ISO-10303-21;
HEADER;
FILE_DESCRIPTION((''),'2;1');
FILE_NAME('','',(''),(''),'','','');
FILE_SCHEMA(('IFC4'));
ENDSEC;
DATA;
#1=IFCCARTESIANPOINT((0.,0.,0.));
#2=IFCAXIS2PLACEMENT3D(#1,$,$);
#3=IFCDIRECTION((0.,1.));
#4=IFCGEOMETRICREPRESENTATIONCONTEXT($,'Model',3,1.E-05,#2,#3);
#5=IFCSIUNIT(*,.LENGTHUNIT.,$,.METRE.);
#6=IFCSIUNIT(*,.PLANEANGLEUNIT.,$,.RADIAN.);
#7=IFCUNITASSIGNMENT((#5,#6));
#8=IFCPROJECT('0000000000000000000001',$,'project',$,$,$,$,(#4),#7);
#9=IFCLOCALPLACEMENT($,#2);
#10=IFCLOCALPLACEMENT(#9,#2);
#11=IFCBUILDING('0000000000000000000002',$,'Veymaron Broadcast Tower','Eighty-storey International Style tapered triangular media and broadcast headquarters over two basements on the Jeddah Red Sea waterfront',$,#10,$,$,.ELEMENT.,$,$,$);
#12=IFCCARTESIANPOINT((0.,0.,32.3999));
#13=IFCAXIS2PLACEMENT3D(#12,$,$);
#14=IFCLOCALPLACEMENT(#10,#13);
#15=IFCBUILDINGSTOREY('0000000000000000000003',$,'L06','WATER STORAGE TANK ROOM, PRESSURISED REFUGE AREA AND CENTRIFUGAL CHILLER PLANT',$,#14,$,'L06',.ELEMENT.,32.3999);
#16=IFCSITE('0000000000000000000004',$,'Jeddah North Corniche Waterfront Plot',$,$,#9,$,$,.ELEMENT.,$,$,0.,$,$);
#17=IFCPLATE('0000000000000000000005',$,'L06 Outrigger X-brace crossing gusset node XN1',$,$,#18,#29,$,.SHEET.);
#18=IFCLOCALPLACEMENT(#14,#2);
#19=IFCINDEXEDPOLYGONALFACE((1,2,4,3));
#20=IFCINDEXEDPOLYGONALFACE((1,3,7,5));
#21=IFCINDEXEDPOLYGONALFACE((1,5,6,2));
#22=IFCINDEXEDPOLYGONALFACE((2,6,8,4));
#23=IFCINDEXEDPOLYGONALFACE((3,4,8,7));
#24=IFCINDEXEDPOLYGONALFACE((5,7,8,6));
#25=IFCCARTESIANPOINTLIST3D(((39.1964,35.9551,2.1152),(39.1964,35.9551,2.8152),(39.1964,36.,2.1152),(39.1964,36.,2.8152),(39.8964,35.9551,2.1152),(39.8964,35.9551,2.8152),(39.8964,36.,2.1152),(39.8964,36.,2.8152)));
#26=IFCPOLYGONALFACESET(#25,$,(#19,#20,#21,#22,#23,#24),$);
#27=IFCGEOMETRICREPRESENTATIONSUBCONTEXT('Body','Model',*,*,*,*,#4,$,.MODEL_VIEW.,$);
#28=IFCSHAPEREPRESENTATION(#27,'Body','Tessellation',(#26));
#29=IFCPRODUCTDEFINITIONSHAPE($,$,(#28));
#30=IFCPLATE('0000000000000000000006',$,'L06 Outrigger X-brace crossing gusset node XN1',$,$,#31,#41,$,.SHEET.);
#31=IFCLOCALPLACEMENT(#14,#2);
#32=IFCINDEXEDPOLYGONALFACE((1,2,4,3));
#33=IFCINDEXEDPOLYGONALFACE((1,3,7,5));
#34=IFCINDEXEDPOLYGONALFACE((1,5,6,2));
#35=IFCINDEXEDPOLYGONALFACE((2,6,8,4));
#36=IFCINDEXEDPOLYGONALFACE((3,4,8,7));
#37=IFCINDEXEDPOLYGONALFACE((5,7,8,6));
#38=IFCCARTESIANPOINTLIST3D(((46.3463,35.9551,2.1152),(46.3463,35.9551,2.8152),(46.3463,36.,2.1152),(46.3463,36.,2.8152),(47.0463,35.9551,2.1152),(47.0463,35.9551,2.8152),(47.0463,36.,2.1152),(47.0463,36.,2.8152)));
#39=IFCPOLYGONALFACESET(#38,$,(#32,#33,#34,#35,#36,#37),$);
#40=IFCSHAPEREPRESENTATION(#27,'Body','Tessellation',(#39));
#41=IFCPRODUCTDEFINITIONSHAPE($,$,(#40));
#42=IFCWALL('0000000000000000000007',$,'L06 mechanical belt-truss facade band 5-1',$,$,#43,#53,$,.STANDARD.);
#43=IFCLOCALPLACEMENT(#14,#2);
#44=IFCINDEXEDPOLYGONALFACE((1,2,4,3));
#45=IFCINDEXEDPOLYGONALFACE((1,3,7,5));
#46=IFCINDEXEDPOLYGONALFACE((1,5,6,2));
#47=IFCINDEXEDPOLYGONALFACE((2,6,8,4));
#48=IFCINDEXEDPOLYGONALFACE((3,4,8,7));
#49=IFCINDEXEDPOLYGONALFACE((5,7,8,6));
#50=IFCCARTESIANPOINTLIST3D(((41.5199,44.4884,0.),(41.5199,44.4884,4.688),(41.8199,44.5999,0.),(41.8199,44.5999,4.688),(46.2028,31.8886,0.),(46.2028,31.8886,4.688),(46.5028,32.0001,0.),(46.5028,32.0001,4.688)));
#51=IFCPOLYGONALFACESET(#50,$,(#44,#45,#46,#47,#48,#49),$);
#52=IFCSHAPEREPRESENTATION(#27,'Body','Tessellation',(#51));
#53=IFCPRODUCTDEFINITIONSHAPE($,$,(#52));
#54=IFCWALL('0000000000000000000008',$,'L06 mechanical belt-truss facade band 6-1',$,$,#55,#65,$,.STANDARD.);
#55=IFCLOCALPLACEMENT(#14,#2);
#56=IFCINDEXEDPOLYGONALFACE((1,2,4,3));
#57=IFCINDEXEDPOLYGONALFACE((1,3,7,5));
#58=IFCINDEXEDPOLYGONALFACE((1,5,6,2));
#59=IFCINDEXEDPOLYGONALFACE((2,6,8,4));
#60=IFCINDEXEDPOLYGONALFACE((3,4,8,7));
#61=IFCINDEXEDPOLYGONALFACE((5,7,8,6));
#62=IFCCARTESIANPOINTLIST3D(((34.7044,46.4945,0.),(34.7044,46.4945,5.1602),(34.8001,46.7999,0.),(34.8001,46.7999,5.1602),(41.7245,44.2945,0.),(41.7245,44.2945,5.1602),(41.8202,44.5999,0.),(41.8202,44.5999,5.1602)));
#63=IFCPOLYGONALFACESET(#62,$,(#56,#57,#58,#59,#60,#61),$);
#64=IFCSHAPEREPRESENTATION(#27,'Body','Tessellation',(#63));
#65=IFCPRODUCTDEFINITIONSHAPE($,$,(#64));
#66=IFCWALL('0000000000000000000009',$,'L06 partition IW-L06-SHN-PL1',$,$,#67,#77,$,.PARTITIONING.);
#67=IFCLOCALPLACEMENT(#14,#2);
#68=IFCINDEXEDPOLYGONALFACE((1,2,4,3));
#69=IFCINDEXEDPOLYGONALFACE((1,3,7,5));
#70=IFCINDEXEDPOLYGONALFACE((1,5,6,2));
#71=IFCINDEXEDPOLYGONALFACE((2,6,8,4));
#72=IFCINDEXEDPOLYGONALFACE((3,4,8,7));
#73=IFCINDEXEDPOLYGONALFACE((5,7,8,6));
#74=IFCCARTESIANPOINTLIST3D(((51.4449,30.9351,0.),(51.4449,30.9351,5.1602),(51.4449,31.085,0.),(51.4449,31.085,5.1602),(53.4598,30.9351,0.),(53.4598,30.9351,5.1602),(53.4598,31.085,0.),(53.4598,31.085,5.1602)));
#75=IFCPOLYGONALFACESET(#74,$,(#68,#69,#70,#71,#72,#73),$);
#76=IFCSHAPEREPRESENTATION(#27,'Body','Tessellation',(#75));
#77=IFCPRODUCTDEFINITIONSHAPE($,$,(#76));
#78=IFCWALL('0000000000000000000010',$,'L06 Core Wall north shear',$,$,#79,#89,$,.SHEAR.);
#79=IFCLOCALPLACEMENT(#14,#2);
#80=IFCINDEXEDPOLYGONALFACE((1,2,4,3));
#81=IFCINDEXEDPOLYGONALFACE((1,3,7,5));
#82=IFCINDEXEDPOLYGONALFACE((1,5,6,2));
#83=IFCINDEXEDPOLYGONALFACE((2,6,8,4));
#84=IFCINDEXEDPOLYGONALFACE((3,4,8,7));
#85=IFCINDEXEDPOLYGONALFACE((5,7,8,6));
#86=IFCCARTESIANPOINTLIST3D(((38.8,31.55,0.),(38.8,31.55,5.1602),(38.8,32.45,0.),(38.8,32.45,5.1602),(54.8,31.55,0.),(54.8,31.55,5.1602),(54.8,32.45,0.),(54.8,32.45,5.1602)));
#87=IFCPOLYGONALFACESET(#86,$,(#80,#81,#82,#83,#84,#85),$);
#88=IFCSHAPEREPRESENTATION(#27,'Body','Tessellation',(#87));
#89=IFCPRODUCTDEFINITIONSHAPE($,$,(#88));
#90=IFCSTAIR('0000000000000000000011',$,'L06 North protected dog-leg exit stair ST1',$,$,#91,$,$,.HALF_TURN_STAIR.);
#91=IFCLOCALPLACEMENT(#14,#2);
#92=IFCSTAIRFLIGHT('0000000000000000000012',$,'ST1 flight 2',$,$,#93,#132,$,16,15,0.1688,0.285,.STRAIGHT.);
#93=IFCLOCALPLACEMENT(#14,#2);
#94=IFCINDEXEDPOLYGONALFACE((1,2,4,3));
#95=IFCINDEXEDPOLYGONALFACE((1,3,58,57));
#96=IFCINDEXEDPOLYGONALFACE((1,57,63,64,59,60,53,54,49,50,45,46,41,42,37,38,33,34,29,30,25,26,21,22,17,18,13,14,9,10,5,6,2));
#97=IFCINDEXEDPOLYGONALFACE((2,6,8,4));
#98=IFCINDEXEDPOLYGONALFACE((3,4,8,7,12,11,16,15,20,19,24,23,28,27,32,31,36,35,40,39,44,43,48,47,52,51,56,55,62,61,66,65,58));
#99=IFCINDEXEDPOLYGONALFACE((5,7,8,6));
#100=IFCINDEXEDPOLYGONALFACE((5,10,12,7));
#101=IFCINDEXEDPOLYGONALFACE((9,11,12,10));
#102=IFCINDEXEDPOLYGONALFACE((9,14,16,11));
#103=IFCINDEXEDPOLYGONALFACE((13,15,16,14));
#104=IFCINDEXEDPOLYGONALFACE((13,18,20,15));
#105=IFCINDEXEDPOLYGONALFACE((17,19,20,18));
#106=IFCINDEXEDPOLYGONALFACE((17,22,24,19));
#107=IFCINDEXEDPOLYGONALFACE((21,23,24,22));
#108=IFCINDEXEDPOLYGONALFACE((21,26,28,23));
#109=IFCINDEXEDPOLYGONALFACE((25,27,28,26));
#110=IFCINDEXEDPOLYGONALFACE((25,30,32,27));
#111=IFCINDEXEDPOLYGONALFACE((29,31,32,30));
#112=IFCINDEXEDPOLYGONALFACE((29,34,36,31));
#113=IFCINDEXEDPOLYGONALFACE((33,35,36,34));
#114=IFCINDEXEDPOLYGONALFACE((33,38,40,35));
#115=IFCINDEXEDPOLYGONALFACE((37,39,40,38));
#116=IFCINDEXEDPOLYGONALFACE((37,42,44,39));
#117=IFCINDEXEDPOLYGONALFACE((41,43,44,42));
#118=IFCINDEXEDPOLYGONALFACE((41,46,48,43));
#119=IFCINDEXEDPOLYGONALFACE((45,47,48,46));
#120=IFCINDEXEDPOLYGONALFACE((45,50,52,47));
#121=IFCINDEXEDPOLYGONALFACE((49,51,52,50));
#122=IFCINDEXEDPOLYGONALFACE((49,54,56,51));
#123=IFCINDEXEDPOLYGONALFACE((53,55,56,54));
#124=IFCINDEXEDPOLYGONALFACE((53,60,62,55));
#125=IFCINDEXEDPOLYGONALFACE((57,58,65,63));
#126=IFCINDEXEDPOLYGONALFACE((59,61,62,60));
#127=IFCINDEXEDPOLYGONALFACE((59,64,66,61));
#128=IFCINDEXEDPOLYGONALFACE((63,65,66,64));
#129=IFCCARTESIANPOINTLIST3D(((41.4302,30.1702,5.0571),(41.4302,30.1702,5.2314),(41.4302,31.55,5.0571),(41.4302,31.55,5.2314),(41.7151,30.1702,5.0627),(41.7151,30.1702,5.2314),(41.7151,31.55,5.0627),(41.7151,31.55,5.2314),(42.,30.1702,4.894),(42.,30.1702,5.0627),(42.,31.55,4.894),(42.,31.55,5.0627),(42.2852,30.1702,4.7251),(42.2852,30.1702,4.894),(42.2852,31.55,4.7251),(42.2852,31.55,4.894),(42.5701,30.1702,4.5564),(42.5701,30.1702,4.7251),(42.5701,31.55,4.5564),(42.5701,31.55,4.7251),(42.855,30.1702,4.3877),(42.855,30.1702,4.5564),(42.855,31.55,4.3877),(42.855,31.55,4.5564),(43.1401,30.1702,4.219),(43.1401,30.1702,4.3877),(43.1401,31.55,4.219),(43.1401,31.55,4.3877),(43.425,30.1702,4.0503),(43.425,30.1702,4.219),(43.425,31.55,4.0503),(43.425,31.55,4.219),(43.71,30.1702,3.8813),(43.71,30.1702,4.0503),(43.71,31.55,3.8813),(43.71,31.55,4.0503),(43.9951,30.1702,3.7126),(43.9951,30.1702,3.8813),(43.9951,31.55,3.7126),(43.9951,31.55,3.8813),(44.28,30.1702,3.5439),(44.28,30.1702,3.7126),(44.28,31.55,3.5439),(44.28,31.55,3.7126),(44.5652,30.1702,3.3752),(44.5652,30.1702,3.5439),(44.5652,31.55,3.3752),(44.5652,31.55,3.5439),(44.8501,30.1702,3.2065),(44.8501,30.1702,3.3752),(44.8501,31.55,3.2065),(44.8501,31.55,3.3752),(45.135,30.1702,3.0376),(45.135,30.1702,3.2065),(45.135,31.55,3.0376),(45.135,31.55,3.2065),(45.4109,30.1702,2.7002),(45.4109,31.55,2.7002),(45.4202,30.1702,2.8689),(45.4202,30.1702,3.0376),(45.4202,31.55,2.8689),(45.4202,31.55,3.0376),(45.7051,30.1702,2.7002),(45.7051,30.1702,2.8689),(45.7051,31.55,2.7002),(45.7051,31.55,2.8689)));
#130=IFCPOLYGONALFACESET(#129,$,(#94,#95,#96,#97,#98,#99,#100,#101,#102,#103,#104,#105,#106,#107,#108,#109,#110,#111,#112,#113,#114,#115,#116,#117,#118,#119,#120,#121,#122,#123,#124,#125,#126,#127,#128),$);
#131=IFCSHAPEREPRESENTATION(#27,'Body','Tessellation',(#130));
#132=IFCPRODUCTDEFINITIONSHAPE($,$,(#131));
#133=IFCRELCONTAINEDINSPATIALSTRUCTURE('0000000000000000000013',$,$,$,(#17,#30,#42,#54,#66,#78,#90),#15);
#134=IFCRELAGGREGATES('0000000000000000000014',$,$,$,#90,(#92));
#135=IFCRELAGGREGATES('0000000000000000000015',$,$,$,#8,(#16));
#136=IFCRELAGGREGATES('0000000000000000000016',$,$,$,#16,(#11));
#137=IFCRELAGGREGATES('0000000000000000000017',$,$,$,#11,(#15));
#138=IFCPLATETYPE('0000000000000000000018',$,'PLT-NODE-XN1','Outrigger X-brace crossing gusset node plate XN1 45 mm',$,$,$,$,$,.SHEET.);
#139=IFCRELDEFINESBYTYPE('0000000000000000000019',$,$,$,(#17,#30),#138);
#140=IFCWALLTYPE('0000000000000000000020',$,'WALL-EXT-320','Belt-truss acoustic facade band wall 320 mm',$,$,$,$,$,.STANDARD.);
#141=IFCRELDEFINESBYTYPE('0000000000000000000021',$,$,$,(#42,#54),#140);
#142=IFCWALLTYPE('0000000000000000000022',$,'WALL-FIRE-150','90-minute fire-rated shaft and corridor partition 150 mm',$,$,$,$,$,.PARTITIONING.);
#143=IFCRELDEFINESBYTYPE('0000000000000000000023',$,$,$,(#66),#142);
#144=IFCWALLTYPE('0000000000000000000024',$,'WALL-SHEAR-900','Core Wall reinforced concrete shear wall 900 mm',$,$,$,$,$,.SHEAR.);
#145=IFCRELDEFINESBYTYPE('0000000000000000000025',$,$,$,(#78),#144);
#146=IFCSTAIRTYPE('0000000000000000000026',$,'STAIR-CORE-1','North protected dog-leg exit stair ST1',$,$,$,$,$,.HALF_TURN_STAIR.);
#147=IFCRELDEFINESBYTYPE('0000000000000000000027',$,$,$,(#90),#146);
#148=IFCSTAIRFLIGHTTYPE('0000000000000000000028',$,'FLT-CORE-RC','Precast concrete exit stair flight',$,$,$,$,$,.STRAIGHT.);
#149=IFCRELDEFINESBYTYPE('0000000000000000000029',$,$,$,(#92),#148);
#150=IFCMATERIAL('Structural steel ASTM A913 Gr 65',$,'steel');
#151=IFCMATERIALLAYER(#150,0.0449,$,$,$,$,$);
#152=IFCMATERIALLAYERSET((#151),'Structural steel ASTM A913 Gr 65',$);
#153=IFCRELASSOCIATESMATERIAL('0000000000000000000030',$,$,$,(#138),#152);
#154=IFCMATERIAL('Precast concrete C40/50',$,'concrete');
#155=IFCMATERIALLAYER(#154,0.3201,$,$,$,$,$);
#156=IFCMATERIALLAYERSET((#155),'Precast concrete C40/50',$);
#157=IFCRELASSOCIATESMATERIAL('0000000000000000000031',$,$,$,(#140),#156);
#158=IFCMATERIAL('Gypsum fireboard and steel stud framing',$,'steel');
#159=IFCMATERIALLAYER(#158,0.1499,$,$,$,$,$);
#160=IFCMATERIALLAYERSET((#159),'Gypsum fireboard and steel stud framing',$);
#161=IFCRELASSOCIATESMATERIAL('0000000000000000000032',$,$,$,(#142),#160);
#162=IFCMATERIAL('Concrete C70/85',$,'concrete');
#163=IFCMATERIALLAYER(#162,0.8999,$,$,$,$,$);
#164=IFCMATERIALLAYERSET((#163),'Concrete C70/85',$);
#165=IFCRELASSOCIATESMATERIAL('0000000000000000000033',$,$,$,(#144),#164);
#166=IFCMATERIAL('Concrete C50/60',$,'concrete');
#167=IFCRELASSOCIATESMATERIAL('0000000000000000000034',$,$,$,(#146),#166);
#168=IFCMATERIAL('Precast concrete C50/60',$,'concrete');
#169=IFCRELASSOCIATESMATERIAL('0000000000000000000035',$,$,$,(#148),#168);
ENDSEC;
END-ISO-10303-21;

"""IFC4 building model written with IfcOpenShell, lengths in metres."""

from ifc_helpers import new_model, si_unit, direction, frame, frame_2d, origin, origin_2d, place, context, subcontext, project, spatial, polyline, rectangle, outline, extrude, material, layer, layer_set, type_object, element, aggregate, save


model = new_model("IFC4")

# Units and contexts
model_context = context("Model", 3, precision=1e-05, world=origin(), true_north=direction((0.0, 1.0)))
body_context = subcontext(model_context, "Body", "Model", "MODEL_VIEW")
ifc_project = project(units=[si_unit("LENGTHUNIT", "METRE"), si_unit("PLANEANGLEUNIT", "RADIAN")], contexts=[model_context])

# Site, building, storey
site_placement = place(None, origin())
site = spatial("IfcSite", under=ifc_project, at=site_placement, Name="Jeddah North Corniche Waterfront Plot", CompositionType="ELEMENT", RefElevation=0.0)
building_placement = place(site_placement, origin())
building = spatial("IfcBuilding", under=site, at=building_placement, Name="Veymaron Broadcast Tower", Description="Eighty-storey International Style tapered triangular media and broadcast headquarters over two basements on the Jeddah Red Sea waterfront", CompositionType="ELEMENT")
storey_placement = place(building_placement, frame((0.0, 0.0, 32.3999)))
storey = spatial("IfcBuildingStorey", under=building, at=storey_placement, Name="L06", Description="WATER STORAGE TANK ROOM, PRESSURISED REFUGE AREA AND CENTRIFUGAL CHILLER PLANT", LongName="L06", CompositionType="ELEMENT", Elevation=32.3999)

# Shared definitions
ifc_material_1 = material(Name="Structural steel ASTM A913 Gr 65", Category="steel")

# Plates
ifc_layer_1 = layer(ifc_material_1, 0.0449)
ifc_layer_set_1 = layer_set([ifc_layer_1], Name="Structural steel ASTM A913 Gr 65")
plate_type_1 = type_object("IfcPlateType", Name="PLT-NODE-XN1", Description="Outrigger X-brace crossing gusset node plate XN1 45 mm", PredefinedType="SHEET", material=ifc_layer_set_1)
for number, where, z_axis, x_axis, name in (
    (1, (39.5464, 35.9775, 2.1152), (0.0, 0.0, 1.0), (1.0, 0.0, 0.0), "L06 Outrigger X-brace crossing gusset node XN1"),
    (2, (46.6963, 35.9775, 2.1152), (0.0, 0.0, 1.0), (1.0, 0.0, 0.0), "L06 Outrigger X-brace crossing gusset node XN1"),
):
    element("IfcPlate", number, at=place(storey_placement, frame(where, z_axis=z_axis, x_axis=x_axis)), inside=storey, type_object=plate_type_1, Name=name, PredefinedType="SHEET", context=body_context, shape_type="SweptSolid", body=[
        extrude(rectangle(XDim=0.7, YDim=0.0449, at=origin_2d()), origin(), (0.0, 0.0, 1.0), 0.7),
    ])

# Walls
ifc_material_2 = material(Name="Precast concrete C40/50", Category="concrete")
ifc_layer_2 = layer(ifc_material_2, 0.3201)
ifc_layer_set_2 = layer_set([ifc_layer_2], Name="Precast concrete C40/50")
wall_type_1 = type_object("IfcWallType", Name="WALL-EXT-320", Description="Belt-truss acoustic facade band wall 320 mm", PredefinedType="STANDARD", material=ifc_layer_set_2)
wall_1_placement = place(storey_placement, frame((46.3528, 31.9443, 0.0), z_axis=(0.0, 0.0, 1.0), x_axis=(-0.348377, 0.937354, 0.0)))
element("IfcWall", 3, at=wall_1_placement, inside=storey, type_object=wall_type_1, Name="L06 mechanical belt-truss facade band 5-1", PredefinedType="STANDARD", context=body_context, shape_type="SweptSolid", body=[
    extrude(rectangle(XDim=13.4419, YDim=0.3201, at=frame_2d((6.7209, 0.0))), origin(), (0.0, 0.0, 1.0), 4.688),
])
wall_2_placement = place(storey_placement, frame((41.7722, 44.4473, 0.0), z_axis=(0.0, 0.0, 1.0), x_axis=(-0.95424, 0.299042, 0.0)))
element("IfcWall", 4, at=wall_2_placement, inside=storey, type_object=wall_type_1, Name="L06 mechanical belt-truss facade band 6-1", PredefinedType="STANDARD", context=body_context, shape_type="SweptSolid", body=[
    extrude(rectangle(XDim=7.3567, YDim=0.3201, at=frame_2d((3.6782, 0.0))), origin(), (0.0, 0.0, 1.0), 5.1602),
])
ifc_material_3 = material(Name="Gypsum fireboard and steel stud framing", Category="steel")
ifc_layer_3 = layer(ifc_material_3, 0.1499)
ifc_layer_set_3 = layer_set([ifc_layer_3], Name="Gypsum fireboard and steel stud framing")
wall_type_2 = type_object("IfcWallType", Name="WALL-FIRE-150", Description="90-minute fire-rated shaft and corridor partition 150 mm", PredefinedType="PARTITIONING", material=ifc_layer_set_3)
wall_3_placement = place(storey_placement, frame((51.4451, 31.01, 0.0), z_axis=(0.0, 0.0, 1.0), x_axis=(1.0, 0.0, 0.0)))
element("IfcWall", 5, at=wall_3_placement, inside=storey, type_object=wall_type_2, Name="L06 partition IW-L06-SHN-PL1", PredefinedType="PARTITIONING", context=body_context, shape_type="SweptSolid", body=[
    extrude(rectangle(XDim=2.0149, YDim=0.1499, at=frame_2d((1.0073, 0.0))), origin(), (0.0, 0.0, 1.0), 5.1602),
])
ifc_material_4 = material(Name="Concrete C70/85", Category="concrete")
ifc_layer_4 = layer(ifc_material_4, 0.8999)
ifc_layer_set_4 = layer_set([ifc_layer_4], Name="Concrete C70/85")
wall_type_3 = type_object("IfcWallType", Name="WALL-SHEAR-900", Description="Core Wall reinforced concrete shear wall 900 mm", PredefinedType="SHEAR", material=ifc_layer_set_4)
wall_4_placement = place(storey_placement, frame((38.8, 32.0, 0.0), z_axis=(0.0, 0.0, 1.0), x_axis=(1.0, 0.0, 0.0)))
element("IfcWall", 6, at=wall_4_placement, inside=storey, type_object=wall_type_3, Name="L06 Core Wall north shear", PredefinedType="SHEAR", context=body_context, shape_type="SweptSolid", body=[
    extrude(rectangle(XDim=16.0, YDim=0.8999, at=frame_2d((8.0, 0.0))), origin(), (0.0, 0.0, 1.0), 5.1602),
])

# Stair, stair flight
ifc_material_5 = material(Name="Concrete C50/60", Category="concrete")
stair_type = type_object("IfcStairType", Name="STAIR-CORE-1", Description="North protected dog-leg exit stair ST1", PredefinedType="HALF_TURN_STAIR", material=ifc_material_5)
stair_placement = place(storey_placement, origin())
stair = element("IfcStair", 7, at=stair_placement, inside=storey, type_object=stair_type, Name="L06 North protected dog-leg exit stair ST1", PredefinedType="HALF_TURN_STAIR")
ifc_material_6 = material(Name="Precast concrete C50/60", Category="concrete")
stair_flight_type = type_object("IfcStairFlightType", Name="FLT-CORE-RC", Description="Precast concrete exit stair flight", PredefinedType="STRAIGHT", material=ifc_material_6)
stair_flight_placement = place(storey_placement, frame((45.7051, 30.8601, 2.7002), z_axis=(0.0, 0.0, 1.0), x_axis=(-1.0, 0.0, 0.0)))
stair_flight = element("IfcStairFlight", 8, at=stair_flight_placement, type_object=stair_flight_type, Name="ST1 flight 2", NumberOfRisers=16, NumberOfTreads=15, PredefinedType="STRAIGHT", RiserHeight=0.1688, TreadLength=0.285, context=body_context, shape_type="SweptSolid", body=[
    extrude(outline(polyline([(0.0, 0.0), (0.0, 0.1687), (0.2849, 0.1687), (0.2849, 0.3374), (0.5701, 0.3374), (0.5701, 0.5063), (0.855, 0.5063), (0.855, 0.675), (1.1399, 0.675), (1.1399, 0.8438), (1.425, 0.8438), (1.425, 1.0125), (1.71, 1.0125), (1.71, 1.1812), (1.9951, 1.1812), (1.9951, 1.3501), (2.28, 1.3501), (2.28, 1.5188), (2.5649, 1.5188), (2.5649, 1.6875), (2.8501, 1.6875), (2.8501, 1.8562), (3.135, 1.8562), (3.135, 2.0249), (3.4199, 2.0249), (3.4199, 2.1938), (3.7051, 2.1938), (3.7051, 2.3625), (3.99, 2.3625), (3.99, 2.5312), (4.2749, 2.5312), (4.2749, 2.7), (4.2749, 2.3569), (0.2942, 0.0), (0.0, 0.0)])), frame((0.0, 0.6899, 0.0), z_axis=(0.0, -1.0, 0.0), x_axis=(1.0, 0.0, 0.0)), (0.0, 0.0, 1.0), 1.3799),
])
aggregate(stair, [stair_flight])

save(model, "model.ifc")
